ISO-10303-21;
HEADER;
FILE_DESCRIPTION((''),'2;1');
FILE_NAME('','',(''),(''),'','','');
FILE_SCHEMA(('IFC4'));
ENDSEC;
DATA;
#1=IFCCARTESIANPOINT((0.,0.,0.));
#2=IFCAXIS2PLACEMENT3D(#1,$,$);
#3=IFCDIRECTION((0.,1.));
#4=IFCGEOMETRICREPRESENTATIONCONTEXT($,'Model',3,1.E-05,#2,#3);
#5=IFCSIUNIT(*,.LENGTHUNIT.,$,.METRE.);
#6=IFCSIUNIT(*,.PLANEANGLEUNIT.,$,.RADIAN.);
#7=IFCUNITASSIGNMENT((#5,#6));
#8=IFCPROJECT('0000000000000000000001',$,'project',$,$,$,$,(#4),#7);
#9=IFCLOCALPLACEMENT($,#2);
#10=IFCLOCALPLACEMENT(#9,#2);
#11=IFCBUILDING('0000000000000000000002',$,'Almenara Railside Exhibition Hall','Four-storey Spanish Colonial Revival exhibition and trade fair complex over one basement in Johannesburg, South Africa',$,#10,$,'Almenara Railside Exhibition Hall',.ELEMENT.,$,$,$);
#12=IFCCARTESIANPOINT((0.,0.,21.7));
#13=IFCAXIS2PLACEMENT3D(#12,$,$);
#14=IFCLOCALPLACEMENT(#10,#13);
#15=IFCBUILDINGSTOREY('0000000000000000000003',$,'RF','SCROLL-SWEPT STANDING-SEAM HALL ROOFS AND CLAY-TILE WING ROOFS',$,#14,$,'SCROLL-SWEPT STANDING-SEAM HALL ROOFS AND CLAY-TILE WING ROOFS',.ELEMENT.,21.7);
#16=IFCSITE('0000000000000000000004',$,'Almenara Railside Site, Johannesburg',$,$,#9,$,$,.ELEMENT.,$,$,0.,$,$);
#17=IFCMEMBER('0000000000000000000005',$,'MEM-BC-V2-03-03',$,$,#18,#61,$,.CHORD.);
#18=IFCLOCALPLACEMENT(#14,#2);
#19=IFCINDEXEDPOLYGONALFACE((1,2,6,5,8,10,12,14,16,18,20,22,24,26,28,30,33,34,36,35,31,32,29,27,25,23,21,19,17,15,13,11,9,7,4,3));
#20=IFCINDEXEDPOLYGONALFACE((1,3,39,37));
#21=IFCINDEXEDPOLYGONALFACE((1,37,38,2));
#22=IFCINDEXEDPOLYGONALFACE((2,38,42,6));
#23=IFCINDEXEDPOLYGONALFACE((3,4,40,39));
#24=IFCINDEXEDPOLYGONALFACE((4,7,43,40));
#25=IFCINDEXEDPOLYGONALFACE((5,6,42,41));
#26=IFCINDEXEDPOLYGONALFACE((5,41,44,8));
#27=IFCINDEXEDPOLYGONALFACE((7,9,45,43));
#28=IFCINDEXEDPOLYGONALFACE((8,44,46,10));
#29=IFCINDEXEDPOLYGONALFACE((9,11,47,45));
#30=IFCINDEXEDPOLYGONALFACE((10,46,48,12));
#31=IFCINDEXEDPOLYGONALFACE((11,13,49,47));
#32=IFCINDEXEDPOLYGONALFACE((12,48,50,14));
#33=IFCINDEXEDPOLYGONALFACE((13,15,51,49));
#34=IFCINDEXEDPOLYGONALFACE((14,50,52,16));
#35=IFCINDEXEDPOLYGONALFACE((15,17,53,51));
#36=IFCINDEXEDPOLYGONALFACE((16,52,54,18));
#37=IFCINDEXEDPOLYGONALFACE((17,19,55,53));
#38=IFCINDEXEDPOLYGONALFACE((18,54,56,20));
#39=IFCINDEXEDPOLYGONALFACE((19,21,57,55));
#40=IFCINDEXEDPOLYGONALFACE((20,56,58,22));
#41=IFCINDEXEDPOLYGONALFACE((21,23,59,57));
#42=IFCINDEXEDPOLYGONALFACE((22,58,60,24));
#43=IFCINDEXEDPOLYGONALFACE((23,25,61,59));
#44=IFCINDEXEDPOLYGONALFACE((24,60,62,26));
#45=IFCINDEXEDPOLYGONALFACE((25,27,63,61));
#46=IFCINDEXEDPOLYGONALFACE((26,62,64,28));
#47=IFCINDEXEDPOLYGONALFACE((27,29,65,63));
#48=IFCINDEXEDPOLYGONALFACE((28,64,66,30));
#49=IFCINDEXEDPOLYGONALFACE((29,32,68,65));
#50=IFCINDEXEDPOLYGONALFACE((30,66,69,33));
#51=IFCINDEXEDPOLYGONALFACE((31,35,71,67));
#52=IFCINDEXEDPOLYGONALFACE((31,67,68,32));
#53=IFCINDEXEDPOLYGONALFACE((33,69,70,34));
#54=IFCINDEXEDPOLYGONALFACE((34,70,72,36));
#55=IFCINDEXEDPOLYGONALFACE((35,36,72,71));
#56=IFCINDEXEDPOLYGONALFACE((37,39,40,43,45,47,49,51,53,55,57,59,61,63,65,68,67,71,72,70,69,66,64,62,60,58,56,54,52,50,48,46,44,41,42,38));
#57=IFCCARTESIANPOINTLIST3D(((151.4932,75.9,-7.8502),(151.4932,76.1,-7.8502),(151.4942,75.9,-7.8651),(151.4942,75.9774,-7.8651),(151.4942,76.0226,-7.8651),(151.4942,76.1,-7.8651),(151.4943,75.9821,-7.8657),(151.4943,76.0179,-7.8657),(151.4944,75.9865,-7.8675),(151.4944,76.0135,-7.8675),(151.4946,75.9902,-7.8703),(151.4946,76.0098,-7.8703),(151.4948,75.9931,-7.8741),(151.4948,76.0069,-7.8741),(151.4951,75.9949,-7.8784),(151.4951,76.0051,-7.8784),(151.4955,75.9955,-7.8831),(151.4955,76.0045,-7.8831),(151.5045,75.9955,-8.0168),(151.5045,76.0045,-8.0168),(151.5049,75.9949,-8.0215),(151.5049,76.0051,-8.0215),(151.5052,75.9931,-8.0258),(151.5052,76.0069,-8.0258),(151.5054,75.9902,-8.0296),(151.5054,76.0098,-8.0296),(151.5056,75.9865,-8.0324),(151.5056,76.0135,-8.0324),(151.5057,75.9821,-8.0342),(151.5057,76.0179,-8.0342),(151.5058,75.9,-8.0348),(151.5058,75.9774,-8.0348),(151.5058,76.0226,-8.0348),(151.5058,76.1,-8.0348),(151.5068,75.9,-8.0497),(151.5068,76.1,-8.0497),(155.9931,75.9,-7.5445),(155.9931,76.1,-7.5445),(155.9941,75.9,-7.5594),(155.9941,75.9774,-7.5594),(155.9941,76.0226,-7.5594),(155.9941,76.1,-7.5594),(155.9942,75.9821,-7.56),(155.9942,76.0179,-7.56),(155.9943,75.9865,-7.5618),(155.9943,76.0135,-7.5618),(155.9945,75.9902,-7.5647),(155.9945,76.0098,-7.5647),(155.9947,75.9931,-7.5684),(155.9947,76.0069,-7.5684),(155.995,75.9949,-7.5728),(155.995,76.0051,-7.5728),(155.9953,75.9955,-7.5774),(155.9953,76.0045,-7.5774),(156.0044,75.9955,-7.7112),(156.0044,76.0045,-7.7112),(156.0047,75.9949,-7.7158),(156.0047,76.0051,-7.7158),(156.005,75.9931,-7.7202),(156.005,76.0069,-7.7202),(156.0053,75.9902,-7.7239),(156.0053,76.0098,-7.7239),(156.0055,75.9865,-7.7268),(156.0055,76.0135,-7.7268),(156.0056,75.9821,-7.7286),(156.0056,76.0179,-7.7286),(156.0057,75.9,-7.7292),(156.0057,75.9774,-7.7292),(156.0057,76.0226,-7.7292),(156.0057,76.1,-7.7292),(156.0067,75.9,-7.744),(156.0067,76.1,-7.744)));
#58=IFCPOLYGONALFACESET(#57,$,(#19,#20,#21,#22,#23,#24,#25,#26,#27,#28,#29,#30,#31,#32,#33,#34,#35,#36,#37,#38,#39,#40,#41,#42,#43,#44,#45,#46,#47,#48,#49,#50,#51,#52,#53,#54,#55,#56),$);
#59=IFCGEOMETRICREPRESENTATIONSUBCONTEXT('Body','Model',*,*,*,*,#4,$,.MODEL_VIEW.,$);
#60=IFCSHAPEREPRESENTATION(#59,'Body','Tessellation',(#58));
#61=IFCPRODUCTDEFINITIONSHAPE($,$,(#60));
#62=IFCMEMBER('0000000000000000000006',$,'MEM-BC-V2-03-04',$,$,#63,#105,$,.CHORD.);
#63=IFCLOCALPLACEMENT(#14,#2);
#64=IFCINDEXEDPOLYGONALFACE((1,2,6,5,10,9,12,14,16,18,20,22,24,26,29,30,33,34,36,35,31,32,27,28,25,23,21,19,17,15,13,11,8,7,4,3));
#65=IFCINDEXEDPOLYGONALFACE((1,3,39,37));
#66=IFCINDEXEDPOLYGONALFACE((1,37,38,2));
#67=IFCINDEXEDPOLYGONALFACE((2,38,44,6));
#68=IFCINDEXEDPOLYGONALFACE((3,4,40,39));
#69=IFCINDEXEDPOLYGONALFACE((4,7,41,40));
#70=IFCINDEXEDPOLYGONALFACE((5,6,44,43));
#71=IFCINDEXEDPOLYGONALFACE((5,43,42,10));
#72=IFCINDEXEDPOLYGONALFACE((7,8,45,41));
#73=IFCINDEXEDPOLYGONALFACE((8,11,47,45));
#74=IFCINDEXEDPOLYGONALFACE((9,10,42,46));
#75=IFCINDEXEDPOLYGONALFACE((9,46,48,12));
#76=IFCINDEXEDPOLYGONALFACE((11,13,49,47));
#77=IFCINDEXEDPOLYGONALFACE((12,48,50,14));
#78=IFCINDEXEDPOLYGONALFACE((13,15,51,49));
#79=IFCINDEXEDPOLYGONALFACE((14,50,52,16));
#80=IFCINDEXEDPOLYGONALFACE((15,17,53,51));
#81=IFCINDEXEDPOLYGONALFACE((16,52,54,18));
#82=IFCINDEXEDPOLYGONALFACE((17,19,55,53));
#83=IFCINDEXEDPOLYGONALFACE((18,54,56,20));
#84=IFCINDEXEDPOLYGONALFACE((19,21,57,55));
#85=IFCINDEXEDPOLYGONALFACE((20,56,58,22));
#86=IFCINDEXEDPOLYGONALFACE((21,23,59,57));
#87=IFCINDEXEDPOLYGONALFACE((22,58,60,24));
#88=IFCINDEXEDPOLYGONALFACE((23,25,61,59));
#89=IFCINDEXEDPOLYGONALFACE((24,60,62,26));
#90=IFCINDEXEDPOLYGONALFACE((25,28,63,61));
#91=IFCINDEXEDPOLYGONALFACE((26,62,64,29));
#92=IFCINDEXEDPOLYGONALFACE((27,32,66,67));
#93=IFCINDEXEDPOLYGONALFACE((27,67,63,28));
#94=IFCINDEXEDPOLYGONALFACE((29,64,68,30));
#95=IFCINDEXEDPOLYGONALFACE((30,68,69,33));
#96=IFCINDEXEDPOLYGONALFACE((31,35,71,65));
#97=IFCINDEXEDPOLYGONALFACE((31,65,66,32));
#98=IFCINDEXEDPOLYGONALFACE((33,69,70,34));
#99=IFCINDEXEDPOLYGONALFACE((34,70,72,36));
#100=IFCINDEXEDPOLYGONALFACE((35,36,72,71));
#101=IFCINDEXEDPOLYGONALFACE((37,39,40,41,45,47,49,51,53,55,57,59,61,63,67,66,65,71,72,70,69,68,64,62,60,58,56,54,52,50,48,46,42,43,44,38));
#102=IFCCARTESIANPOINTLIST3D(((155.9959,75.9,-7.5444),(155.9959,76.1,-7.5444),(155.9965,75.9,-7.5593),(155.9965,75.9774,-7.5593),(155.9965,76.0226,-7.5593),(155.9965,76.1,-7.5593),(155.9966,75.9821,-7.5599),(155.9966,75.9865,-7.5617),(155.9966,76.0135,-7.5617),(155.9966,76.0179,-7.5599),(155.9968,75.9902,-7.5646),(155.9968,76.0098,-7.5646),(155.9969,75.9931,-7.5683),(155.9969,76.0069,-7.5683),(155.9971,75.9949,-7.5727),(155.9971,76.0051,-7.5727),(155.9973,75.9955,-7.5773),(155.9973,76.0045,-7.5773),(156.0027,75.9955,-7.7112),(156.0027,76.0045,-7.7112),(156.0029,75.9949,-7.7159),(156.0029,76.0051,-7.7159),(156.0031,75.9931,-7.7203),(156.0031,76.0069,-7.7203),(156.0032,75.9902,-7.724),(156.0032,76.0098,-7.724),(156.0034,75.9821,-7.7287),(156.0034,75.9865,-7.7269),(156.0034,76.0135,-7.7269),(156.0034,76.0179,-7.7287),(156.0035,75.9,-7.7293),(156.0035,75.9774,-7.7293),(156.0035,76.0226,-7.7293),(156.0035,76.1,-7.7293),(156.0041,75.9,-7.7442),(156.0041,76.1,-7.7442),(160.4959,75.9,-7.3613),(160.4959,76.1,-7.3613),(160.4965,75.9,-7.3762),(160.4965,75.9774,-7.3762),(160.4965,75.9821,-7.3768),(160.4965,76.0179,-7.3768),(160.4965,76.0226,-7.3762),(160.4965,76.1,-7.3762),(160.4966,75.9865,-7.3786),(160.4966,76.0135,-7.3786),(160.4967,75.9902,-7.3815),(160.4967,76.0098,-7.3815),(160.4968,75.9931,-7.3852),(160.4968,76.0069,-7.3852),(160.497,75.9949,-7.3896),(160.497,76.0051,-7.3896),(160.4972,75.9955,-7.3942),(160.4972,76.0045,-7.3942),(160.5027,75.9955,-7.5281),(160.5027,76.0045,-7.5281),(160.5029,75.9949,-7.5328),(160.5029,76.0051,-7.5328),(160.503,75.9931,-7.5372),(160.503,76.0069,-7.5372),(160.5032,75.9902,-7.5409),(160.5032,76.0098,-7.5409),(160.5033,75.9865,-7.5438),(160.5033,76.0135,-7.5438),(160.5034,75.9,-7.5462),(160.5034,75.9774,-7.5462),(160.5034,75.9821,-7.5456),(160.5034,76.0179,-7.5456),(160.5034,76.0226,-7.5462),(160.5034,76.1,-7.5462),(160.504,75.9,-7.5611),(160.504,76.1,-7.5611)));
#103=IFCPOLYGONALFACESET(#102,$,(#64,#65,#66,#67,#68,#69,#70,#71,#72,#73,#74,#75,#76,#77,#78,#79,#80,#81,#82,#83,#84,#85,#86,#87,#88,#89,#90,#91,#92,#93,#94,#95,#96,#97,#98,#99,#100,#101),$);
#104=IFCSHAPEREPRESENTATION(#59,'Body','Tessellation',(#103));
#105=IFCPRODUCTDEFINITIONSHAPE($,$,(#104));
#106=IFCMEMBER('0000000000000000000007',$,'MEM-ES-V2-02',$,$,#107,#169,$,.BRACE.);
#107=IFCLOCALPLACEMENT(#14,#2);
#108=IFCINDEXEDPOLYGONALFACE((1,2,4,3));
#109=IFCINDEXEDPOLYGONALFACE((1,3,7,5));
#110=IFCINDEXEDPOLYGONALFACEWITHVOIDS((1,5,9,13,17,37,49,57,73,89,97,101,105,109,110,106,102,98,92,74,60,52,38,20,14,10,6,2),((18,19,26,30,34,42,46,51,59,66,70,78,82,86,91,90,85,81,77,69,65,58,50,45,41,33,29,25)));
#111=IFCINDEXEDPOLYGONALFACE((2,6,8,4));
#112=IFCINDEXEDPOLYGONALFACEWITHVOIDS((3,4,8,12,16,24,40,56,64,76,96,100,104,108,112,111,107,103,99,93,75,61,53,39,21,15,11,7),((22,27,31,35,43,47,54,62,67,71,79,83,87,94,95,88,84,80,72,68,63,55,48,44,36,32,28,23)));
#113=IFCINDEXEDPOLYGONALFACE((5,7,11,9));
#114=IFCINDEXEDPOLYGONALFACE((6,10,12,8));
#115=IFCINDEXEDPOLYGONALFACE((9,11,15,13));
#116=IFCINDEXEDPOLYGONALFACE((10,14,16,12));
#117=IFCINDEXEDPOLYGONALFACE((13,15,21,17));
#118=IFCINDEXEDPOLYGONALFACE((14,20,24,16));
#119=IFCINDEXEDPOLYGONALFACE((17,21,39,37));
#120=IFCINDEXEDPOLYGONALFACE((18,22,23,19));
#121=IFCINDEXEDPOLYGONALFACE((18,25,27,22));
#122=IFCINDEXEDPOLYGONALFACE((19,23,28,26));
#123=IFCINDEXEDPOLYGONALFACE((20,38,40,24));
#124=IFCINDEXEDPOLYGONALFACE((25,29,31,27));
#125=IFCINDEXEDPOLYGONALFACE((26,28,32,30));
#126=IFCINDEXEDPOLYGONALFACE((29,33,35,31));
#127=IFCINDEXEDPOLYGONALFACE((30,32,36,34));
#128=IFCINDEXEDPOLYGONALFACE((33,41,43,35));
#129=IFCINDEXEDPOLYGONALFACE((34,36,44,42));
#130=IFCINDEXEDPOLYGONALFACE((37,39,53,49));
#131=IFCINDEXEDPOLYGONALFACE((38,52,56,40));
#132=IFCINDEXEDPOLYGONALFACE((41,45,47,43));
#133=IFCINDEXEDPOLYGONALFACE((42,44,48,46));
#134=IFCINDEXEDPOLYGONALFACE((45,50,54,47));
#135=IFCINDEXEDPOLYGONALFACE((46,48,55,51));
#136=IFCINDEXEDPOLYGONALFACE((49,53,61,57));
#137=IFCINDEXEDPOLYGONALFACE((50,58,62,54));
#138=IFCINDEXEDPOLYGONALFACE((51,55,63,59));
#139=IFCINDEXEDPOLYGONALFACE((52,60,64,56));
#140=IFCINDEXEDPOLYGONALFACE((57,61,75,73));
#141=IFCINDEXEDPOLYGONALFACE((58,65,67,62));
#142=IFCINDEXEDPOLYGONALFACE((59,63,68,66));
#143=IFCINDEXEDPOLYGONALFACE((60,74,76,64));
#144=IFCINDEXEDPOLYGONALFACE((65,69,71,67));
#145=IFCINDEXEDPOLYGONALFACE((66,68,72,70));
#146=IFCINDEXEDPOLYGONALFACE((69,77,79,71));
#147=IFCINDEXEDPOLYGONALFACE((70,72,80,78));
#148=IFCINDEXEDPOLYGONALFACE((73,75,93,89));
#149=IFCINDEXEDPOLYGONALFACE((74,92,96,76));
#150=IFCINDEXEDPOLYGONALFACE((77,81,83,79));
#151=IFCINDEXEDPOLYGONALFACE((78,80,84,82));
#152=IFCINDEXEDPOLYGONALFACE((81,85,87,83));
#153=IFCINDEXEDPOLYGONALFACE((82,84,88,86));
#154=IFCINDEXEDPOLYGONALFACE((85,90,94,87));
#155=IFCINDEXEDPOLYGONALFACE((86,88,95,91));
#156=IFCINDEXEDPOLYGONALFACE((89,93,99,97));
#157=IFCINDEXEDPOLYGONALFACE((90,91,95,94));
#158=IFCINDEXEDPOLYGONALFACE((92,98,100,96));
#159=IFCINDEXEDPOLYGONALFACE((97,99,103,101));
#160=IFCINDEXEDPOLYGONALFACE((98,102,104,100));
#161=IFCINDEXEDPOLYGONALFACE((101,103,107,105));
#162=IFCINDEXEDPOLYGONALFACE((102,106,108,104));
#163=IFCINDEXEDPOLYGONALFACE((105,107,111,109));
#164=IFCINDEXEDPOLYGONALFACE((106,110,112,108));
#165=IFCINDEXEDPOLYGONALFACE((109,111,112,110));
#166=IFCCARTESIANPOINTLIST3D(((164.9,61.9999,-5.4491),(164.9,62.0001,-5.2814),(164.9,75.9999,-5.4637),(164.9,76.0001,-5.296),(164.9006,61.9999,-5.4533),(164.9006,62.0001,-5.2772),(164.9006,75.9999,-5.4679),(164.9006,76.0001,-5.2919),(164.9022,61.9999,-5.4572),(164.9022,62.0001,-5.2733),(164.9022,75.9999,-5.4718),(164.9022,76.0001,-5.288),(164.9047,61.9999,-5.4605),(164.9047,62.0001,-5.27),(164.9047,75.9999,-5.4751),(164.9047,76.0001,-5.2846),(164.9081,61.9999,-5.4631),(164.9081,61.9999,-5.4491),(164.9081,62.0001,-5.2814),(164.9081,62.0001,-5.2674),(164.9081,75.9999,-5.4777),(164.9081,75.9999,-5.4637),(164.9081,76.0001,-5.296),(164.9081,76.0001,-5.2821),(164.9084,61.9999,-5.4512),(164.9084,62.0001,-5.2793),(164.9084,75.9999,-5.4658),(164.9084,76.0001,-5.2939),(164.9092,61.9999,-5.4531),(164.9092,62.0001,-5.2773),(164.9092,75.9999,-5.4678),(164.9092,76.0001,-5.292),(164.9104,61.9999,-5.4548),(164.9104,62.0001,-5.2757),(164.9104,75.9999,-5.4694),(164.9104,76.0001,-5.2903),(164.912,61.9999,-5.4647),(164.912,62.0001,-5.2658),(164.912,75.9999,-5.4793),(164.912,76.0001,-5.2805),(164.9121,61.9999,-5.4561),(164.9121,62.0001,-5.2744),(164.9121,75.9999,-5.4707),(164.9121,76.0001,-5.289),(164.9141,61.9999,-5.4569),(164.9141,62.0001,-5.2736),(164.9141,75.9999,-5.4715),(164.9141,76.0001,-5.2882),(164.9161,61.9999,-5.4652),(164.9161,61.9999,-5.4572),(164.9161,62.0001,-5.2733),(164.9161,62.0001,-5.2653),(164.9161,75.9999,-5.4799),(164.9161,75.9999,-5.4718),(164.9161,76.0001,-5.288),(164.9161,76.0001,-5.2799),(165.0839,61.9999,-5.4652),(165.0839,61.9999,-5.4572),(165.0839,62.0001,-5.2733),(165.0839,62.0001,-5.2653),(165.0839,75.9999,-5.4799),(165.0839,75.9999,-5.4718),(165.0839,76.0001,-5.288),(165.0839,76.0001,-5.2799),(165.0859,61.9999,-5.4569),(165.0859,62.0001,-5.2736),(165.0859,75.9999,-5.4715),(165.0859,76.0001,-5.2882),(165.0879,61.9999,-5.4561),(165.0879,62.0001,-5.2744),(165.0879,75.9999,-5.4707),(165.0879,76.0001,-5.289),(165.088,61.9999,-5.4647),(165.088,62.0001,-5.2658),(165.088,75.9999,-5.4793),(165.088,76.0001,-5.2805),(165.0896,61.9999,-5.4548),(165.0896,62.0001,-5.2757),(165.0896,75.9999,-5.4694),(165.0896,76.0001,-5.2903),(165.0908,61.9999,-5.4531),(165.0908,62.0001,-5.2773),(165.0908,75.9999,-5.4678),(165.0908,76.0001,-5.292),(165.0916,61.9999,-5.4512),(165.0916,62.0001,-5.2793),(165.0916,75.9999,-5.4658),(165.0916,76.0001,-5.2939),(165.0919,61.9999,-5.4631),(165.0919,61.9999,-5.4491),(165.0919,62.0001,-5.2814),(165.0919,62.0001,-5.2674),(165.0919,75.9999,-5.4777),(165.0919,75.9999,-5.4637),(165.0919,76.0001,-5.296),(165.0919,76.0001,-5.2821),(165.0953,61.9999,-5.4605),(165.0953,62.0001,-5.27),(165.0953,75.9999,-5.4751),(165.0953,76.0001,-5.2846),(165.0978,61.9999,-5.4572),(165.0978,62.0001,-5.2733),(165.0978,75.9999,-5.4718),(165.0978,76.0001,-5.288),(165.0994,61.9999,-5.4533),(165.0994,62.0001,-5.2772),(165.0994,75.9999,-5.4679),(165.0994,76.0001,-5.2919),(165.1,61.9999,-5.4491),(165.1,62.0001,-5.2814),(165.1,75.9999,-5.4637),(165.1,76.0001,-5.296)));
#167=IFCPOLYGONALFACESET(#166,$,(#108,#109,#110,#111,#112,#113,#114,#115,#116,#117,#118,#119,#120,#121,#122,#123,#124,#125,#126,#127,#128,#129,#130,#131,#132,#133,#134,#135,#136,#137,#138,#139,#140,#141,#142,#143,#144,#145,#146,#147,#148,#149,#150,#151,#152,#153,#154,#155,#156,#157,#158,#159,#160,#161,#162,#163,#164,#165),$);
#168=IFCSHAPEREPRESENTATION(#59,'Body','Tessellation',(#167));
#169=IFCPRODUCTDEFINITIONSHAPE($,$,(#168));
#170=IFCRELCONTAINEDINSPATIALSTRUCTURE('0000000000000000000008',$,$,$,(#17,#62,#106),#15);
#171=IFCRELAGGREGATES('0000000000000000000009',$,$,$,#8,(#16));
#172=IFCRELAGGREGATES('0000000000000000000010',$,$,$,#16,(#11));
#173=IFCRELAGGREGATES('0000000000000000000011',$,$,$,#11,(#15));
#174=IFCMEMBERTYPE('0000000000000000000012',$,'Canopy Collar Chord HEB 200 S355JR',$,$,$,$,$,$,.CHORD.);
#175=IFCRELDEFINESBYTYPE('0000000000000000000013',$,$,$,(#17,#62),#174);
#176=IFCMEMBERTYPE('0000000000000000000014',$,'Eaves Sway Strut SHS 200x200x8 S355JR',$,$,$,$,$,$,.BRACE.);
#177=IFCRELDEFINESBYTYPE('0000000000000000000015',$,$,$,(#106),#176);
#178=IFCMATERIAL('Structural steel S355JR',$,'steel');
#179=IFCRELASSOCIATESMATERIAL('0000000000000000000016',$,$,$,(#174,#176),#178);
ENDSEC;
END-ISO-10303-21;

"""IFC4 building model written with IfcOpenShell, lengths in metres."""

from ifc_helpers import new_model, si_unit, direction, frame, origin, origin_2d, place, context, subcontext, project, spatial, hollow_rectangle, i_section, extrude, material, material_profile, profile_set, type_object, element, save


model = new_model("IFC4")

# Units and contexts
model_context = context("Model", 3, precision=1e-05, world=origin(), true_north=direction((0.0, 1.0)))
body_context = subcontext(model_context, "Body", "Model", "MODEL_VIEW")
ifc_project = project(units=[si_unit("LENGTHUNIT", "METRE"), si_unit("PLANEANGLEUNIT", "RADIAN")], contexts=[model_context])

# Site, building, storey
site_placement = place(None, origin())
site = spatial("IfcSite", under=ifc_project, at=site_placement, Name="Almenara Railside Site, Johannesburg", CompositionType="ELEMENT", RefElevation=0.0)
building_placement = place(site_placement, origin())
building = spatial("IfcBuilding", under=site, at=building_placement, Name="Almenara Railside Exhibition Hall", Description="Four-storey Spanish Colonial Revival exhibition and trade fair complex over one basement in Johannesburg, South Africa", LongName="Almenara Railside Exhibition Hall", CompositionType="ELEMENT")
storey_placement = place(building_placement, frame((0.0, 0.0, 21.7)))
storey = spatial("IfcBuildingStorey", under=building, at=storey_placement, Name="RF", Description="SCROLL-SWEPT STANDING-SEAM HALL ROOFS AND CLAY-TILE WING ROOFS", LongName="SCROLL-SWEPT STANDING-SEAM HALL ROOFS AND CLAY-TILE WING ROOFS", CompositionType="ELEMENT", Elevation=21.7)

# Members
ifc_material_1 = material(Name="Structural steel S355JR", Category="steel")
ifc_material_profile_1 = material_profile(ifc_material_1, i_section(OverallWidth=0.2, OverallDepth=0.2, WebThickness=0.009, FlangeThickness=0.0149, FilletRadius=0.0181, at=origin_2d()), Name="HEB 200")
ifc_profile_set_1 = profile_set([ifc_material_profile_1], Name="Structural steel S355JR")
member_type_1 = type_object("IfcMemberType", Name="Canopy Collar Chord HEB 200 S355JR", PredefinedType="CHORD", material=ifc_profile_set_1)
member_1_placement = place(storey_placement, frame((151.5, 76.0, -7.95), z_axis=(0.997701, 0.0, 0.067769), x_axis=(0.0, 1.0, 0.0)))
element("IfcMember", 1, at=member_1_placement, inside=storey, type_object=member_type_1, Name="MEM-BC-V2-03-03", PredefinedType="CHORD", context=body_context, shape_type="SweptSolid", body=[
    extrude(i_section(OverallWidth=0.2, OverallDepth=0.2, WebThickness=0.009, FlangeThickness=0.0149, FilletRadius=0.0181, at=origin_2d()), origin(), (0.0, 0.0, 1.0), 4.5103),
])
member_2_placement = place(storey_placement, frame((156.0, 76.0, -7.6443), z_axis=(0.999173, 0.0, 0.040656), x_axis=(0.0, 1.0, 0.0)))
element("IfcMember", 2, at=member_2_placement, inside=storey, type_object=member_type_1, Name="MEM-BC-V2-03-04", PredefinedType="CHORD", context=body_context, shape_type="SweptSolid", body=[
    extrude(i_section(OverallWidth=0.2, OverallDepth=0.2, WebThickness=0.009, FlangeThickness=0.0149, FilletRadius=0.0181, at=origin_2d()), origin(), (0.0, 0.0, 1.0), 4.5037),
])
ifc_material_profile_2 = material_profile(ifc_material_1, hollow_rectangle(XDim=0.2, YDim=0.2, WallThickness=0.0081, InnerFilletRadius=0.0081, OuterFilletRadius=0.0161, at=origin_2d()), Name="SHS 200x200x8")
ifc_profile_set_2 = profile_set([ifc_material_profile_2], Name="Structural steel S355JR")
member_type_2 = type_object("IfcMemberType", Name="Eaves Sway Strut SHS 200x200x8 S355JR", PredefinedType="BRACE", material=ifc_profile_set_2)
for number, where, z_axis, x_axis, name in (
    (3, (165.0, 62.0, -5.3652), (0.0, 0.999999, -0.001046), (-1.0, 0.0, 0.0), "MEM-ES-V2-02"),
):
    element("IfcMember", number, at=place(storey_placement, frame(where, z_axis=z_axis, x_axis=x_axis)), inside=storey, type_object=member_type_2, Name=name, PredefinedType="BRACE", context=body_context, shape_type="SweptSolid", body=[
        extrude(hollow_rectangle(XDim=0.2, YDim=0.2, WallThickness=0.0081, InnerFilletRadius=0.0081, OuterFilletRadius=0.0161, at=origin_2d()), origin(), (0.0, 0.0, 1.0), 14.0),
    ])

save(model, "model.ifc")
